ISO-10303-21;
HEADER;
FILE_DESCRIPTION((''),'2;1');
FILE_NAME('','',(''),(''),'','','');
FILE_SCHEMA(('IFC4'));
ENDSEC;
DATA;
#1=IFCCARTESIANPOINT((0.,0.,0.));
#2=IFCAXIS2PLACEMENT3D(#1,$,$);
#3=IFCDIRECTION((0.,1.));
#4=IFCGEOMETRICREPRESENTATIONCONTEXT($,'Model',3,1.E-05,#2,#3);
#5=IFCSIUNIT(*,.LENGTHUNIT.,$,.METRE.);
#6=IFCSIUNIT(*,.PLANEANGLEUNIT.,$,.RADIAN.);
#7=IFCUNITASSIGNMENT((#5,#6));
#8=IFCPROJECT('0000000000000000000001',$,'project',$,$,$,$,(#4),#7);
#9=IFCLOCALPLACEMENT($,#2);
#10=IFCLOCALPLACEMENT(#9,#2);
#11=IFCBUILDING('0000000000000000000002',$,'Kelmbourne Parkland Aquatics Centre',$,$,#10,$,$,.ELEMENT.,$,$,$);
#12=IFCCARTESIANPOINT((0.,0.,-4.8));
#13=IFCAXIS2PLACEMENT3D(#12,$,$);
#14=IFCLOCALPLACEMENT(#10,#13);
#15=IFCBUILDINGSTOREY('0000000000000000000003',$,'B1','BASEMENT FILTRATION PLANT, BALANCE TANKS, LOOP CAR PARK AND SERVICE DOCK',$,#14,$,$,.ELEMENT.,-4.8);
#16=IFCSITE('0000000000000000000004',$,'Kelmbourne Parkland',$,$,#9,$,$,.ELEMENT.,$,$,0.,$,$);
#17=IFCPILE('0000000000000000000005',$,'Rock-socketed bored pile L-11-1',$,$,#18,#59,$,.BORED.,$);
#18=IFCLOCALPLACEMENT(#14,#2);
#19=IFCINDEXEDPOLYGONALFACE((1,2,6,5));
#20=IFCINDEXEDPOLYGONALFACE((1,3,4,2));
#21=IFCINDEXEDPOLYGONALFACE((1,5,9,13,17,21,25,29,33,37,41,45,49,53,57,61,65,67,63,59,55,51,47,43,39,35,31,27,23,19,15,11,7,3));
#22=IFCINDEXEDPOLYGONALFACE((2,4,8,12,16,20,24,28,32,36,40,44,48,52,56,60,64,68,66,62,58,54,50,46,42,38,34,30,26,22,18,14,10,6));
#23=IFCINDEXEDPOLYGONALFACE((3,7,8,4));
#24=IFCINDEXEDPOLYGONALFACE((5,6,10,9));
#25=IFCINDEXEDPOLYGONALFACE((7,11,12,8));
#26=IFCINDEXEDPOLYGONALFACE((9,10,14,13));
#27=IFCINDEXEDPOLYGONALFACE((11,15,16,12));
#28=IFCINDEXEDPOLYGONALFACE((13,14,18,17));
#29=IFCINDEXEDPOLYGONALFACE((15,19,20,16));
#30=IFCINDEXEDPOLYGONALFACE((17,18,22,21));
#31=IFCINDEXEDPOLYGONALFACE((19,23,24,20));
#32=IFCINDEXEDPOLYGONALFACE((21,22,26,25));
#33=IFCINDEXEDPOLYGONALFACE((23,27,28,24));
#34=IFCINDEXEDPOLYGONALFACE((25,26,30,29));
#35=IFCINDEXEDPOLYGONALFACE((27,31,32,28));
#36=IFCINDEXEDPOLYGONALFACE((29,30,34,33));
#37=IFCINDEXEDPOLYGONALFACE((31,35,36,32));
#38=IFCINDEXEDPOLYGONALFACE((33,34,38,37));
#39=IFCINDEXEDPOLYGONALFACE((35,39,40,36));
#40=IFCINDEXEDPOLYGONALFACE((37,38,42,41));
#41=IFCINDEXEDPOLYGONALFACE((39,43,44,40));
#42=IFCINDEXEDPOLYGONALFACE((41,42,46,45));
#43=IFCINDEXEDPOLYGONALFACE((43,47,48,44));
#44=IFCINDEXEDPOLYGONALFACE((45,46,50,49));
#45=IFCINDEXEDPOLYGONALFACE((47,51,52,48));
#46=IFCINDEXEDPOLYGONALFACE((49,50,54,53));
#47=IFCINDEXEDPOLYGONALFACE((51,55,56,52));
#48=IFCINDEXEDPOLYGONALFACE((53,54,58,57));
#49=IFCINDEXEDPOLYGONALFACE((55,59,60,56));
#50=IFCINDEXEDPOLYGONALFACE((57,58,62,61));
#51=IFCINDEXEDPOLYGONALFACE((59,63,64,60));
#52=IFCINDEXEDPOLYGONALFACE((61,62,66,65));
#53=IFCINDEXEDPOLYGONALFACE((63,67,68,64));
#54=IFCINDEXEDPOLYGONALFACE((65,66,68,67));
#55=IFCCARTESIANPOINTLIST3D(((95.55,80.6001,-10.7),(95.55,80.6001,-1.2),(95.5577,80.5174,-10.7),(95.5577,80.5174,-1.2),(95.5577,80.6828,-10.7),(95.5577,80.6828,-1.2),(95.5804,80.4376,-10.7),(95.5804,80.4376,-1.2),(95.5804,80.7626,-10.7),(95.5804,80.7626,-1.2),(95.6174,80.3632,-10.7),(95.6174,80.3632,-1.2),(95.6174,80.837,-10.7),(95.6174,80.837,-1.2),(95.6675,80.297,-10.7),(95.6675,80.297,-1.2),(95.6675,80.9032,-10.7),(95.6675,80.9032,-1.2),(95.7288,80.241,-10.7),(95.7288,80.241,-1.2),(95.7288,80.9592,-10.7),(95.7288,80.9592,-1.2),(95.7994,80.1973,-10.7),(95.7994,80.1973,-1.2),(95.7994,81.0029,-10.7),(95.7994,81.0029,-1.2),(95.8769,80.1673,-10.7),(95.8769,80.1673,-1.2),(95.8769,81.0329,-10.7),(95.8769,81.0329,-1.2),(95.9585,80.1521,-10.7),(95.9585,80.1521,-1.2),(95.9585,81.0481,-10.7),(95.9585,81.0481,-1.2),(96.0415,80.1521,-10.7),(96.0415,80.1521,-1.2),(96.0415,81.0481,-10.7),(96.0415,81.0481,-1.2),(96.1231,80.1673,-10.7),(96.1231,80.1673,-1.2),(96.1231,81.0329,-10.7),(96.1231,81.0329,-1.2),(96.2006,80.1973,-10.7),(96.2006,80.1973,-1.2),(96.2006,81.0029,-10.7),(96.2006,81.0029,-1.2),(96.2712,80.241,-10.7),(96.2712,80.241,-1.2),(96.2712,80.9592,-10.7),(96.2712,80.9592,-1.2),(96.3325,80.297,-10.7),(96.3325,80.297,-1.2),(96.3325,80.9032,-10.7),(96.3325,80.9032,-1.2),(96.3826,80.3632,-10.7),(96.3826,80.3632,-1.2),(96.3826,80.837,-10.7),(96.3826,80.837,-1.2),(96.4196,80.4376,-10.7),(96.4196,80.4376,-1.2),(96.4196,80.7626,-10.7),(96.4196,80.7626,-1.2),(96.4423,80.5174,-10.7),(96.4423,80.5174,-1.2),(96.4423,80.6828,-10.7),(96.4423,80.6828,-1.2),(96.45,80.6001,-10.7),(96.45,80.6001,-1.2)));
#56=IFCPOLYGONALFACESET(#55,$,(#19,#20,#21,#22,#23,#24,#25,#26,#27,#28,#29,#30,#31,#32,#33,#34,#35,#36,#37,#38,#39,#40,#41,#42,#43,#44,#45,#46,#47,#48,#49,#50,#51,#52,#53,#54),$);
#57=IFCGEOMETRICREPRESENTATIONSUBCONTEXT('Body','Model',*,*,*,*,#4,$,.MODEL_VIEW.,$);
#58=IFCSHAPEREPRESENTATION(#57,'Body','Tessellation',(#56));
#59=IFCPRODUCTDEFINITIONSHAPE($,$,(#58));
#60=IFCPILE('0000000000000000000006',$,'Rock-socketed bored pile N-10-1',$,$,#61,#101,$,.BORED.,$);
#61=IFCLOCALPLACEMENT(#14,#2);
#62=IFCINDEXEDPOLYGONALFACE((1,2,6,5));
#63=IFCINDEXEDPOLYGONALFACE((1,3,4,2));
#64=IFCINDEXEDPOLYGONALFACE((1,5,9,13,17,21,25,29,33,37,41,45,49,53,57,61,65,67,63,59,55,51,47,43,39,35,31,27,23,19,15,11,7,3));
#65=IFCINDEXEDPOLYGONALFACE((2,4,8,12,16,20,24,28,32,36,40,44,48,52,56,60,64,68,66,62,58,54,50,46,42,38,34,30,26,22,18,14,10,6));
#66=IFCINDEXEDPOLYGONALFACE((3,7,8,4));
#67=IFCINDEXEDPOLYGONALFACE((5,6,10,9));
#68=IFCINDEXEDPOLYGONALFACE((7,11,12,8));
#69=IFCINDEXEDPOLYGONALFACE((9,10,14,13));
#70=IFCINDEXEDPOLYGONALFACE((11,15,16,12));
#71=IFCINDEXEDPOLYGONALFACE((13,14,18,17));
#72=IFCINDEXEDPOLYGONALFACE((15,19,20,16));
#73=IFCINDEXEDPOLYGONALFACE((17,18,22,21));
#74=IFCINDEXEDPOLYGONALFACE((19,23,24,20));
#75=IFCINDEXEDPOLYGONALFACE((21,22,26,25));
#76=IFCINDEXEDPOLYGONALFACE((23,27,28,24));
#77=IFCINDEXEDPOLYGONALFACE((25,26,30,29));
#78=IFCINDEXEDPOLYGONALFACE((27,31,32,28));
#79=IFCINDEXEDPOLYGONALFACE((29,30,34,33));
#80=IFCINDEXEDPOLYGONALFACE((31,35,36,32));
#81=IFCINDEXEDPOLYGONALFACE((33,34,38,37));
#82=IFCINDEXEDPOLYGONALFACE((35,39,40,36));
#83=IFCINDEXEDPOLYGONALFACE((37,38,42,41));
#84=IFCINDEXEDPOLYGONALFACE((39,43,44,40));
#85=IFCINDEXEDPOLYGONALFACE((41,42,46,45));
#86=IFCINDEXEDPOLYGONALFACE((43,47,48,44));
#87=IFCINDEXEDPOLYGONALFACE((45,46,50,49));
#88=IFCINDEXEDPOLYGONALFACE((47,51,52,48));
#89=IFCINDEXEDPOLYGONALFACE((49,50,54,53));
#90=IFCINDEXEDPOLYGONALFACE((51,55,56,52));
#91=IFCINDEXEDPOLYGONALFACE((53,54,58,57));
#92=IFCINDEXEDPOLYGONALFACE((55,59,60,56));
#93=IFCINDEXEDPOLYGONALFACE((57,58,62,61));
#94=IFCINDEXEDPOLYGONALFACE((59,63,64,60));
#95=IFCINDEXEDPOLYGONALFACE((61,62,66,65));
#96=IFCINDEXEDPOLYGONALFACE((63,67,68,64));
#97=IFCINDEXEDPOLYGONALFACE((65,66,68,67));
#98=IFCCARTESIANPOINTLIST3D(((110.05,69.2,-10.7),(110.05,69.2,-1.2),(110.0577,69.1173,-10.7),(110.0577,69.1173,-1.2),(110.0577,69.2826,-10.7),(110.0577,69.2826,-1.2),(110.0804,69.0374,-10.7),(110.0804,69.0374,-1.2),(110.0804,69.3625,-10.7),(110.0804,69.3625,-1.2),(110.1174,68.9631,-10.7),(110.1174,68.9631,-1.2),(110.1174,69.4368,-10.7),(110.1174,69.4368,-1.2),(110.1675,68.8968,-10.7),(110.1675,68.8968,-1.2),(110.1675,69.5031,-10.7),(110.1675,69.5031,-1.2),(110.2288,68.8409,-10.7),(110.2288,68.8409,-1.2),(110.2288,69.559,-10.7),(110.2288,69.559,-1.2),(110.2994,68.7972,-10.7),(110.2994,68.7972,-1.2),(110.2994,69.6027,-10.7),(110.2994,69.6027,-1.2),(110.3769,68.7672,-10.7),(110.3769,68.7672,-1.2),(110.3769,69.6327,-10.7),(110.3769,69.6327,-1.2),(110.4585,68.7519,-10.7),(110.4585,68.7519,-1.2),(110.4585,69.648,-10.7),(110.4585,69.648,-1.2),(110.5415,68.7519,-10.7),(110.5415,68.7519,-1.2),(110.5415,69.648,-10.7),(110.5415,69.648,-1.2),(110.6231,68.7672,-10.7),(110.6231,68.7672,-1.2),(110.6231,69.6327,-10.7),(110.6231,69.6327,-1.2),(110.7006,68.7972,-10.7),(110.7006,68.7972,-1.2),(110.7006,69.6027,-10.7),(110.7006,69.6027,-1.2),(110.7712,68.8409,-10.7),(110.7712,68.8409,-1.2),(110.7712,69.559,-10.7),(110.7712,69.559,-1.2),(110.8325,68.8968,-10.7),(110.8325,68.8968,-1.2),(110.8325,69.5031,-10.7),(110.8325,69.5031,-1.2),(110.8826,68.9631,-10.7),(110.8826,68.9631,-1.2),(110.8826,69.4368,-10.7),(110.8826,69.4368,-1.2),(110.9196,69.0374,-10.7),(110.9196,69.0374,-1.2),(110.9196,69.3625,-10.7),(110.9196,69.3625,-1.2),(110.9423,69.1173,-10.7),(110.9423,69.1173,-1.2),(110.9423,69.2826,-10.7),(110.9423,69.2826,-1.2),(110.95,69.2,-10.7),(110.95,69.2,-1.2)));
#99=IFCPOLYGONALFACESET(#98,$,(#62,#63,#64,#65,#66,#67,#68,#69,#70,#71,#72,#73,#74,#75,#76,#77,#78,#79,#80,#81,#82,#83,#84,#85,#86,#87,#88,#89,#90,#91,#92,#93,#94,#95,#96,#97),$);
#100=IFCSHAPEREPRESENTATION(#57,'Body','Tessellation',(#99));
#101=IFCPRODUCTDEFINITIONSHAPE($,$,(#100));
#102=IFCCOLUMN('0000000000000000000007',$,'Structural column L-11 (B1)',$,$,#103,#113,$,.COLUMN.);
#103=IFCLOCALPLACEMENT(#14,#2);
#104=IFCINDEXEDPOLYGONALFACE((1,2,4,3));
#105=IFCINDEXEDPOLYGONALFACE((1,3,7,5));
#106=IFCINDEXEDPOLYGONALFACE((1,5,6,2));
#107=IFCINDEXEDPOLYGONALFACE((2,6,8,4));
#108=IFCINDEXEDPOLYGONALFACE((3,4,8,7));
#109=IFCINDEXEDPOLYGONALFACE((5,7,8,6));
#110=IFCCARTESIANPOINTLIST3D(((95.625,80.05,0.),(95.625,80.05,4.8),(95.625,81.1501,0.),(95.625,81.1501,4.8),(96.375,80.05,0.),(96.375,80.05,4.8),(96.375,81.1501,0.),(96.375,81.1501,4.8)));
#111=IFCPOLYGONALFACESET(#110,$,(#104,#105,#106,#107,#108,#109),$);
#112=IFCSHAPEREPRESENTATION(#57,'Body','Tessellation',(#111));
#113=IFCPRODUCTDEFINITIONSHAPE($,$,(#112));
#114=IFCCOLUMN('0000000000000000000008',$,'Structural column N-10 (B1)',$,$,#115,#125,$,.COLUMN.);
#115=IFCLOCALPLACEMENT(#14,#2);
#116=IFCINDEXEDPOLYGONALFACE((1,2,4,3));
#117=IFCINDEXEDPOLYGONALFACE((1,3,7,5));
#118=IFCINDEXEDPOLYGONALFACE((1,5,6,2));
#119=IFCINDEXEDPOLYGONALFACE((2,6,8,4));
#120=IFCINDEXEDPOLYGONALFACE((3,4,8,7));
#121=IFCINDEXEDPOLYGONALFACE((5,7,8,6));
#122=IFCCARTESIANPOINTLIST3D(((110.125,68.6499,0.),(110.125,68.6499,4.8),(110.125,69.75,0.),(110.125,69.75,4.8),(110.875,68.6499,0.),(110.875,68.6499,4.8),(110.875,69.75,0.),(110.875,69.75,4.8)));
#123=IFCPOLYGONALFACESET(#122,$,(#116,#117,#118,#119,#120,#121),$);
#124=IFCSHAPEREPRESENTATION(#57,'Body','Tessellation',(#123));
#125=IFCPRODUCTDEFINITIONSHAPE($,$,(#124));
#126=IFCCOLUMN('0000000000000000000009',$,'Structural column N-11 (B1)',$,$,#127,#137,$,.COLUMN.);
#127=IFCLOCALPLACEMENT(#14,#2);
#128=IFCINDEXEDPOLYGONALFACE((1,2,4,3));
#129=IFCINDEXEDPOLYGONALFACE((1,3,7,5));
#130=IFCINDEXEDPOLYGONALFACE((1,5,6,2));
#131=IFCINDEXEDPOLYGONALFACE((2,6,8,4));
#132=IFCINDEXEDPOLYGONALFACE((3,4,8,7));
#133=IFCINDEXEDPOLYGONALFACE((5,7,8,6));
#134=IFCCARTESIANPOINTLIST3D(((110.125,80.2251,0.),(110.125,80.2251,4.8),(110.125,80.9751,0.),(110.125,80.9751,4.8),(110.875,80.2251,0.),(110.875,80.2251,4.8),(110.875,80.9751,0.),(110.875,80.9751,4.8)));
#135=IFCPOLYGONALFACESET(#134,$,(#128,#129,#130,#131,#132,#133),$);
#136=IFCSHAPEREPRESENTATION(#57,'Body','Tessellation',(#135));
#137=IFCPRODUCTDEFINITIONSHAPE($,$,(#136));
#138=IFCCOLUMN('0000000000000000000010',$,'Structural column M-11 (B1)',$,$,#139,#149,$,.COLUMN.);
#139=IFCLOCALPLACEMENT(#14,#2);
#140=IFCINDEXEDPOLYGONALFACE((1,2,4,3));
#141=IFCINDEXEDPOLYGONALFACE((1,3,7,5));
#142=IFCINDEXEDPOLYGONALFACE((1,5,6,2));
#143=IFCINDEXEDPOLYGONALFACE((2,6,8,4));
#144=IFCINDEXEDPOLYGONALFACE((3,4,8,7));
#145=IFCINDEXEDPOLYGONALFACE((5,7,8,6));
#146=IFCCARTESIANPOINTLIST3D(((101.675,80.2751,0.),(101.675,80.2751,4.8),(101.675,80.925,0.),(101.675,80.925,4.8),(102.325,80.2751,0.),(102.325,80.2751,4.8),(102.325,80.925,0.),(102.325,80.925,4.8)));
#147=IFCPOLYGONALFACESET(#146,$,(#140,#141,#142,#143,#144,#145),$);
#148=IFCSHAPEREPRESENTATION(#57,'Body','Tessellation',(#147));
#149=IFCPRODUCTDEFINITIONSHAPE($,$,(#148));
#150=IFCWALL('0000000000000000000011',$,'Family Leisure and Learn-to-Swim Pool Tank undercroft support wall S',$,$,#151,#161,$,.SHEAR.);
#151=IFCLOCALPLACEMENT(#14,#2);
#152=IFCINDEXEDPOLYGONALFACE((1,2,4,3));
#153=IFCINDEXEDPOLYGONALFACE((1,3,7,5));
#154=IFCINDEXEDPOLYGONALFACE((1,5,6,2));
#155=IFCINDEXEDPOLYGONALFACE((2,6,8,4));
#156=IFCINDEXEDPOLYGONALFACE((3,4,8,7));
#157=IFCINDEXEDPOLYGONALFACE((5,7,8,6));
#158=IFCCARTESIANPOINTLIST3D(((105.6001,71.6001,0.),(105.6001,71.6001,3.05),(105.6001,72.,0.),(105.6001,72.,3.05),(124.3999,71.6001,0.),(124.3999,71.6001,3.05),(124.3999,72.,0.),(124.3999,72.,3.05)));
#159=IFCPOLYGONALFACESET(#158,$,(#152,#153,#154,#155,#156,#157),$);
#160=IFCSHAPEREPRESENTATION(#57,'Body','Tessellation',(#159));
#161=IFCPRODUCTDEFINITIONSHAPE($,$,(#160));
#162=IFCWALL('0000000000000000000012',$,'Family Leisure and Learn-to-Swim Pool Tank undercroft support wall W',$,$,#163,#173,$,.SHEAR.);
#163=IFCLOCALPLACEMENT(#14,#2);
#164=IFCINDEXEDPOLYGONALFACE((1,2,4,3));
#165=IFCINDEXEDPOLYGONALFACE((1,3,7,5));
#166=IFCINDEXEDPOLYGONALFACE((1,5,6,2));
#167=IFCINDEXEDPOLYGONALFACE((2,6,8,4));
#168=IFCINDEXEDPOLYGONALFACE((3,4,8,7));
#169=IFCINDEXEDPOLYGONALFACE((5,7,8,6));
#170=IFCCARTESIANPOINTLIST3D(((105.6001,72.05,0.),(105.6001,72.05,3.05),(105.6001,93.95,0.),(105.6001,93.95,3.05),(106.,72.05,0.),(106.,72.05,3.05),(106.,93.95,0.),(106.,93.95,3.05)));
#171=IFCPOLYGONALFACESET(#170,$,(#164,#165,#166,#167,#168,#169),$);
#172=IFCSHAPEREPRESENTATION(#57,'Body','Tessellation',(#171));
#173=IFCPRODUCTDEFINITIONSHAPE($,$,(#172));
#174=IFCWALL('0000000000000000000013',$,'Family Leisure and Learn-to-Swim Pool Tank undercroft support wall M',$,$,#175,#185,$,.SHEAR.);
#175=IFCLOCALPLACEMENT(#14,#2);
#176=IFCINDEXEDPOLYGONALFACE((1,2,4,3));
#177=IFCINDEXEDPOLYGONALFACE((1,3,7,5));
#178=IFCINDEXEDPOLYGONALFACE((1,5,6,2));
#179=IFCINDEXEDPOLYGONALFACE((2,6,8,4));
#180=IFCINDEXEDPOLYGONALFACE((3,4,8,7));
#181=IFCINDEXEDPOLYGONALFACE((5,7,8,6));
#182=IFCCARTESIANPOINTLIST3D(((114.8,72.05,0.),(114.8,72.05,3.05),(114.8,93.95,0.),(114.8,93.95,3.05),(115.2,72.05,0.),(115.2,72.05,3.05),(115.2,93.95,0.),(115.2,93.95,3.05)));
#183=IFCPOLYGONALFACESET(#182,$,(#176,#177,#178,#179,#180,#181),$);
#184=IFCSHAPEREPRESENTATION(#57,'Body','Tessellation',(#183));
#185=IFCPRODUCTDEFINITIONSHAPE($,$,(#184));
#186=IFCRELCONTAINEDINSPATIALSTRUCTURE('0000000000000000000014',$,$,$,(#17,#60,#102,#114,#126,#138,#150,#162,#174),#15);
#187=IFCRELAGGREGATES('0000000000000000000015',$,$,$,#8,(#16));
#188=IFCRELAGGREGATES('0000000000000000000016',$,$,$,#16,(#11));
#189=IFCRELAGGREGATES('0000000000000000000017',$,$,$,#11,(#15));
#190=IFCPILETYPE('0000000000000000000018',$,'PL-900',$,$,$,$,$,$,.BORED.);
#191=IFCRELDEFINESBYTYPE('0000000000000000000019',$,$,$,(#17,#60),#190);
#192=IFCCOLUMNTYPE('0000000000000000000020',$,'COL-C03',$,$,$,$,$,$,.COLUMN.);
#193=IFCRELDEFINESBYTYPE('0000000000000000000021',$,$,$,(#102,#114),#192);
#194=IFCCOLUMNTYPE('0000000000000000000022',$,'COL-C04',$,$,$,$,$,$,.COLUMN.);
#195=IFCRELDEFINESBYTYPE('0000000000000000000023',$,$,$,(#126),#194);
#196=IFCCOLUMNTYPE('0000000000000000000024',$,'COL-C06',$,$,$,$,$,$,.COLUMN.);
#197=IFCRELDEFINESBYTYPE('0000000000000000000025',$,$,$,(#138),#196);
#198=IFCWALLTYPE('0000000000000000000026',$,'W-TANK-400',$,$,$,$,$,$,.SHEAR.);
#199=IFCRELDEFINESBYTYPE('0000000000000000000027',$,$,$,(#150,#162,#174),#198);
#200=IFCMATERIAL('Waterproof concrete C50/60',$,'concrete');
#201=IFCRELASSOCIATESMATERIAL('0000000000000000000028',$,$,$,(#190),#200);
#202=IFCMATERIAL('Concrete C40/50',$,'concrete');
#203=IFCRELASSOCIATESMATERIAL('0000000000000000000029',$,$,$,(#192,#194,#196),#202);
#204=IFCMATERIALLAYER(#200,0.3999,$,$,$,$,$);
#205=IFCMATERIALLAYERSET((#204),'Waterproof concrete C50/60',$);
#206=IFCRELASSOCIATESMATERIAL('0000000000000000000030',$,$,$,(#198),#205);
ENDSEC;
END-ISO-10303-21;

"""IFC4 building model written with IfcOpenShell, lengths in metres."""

from ifc_helpers import new_model, si_unit, direction, frame, frame_2d, origin, origin_2d, place, context, subcontext, project, spatial, rectangle, circle, extrude, material, layer, layer_set, material_profile, profile_set, type_object, element, save


model = new_model("IFC4")

# Units and contexts
model_context = context("Model", 3, precision=1e-05, world=origin(), true_north=direction((0.0, 1.0)))
body_context = subcontext(model_context, "Body", "Model", "MODEL_VIEW")
ifc_project = project(units=[si_unit("LENGTHUNIT", "METRE"), si_unit("PLANEANGLEUNIT", "RADIAN")], contexts=[model_context])

# Site, building, storey
site_placement = place(None, origin())
site = spatial("IfcSite", under=ifc_project, at=site_placement, Name="Kelmbourne Parkland", CompositionType="ELEMENT", RefElevation=0.0)
building_placement = place(site_placement, origin())
building = spatial("IfcBuilding", under=site, at=building_placement, Name="Kelmbourne Parkland Aquatics Centre", CompositionType="ELEMENT")
storey_placement = place(building_placement, frame((0.0, 0.0, -4.8)))
storey = spatial("IfcBuildingStorey", under=building, at=storey_placement, Name="B1", Description="BASEMENT FILTRATION PLANT, BALANCE TANKS, LOOP CAR PARK AND SERVICE DOCK", CompositionType="ELEMENT", Elevation=-4.8)

# Shared definitions
ifc_material_1 = material(Name="Waterproof concrete C50/60", Category="concrete")

# Piles
ifc_material_profile_1 = material_profile(ifc_material_1, circle(Radius=0.45, at=origin_2d()), Name="PILE D900")
ifc_profile_set_1 = profile_set([ifc_material_profile_1], Name="Waterproof concrete C50/60")
pile_type_1 = type_object("IfcPileType", Name="PL-900", PredefinedType="BORED", material=ifc_profile_set_1)
for number, where, z_axis, x_axis, name in (
    (1, (96.0, 80.6001, -1.2), (0.0, 0.0, -1.0), (1.0, 0.0, 0.0), "Rock-socketed bored pile L-11-1"),
    (2, (110.5, 69.2, -1.2), (0.0, 0.0, -1.0), (1.0, 0.0, 0.0), "Rock-socketed bored pile N-10-1"),
):
    element("IfcPile", number, at=place(storey_placement, frame(where, z_axis=z_axis, x_axis=x_axis)), inside=storey, type_object=pile_type_1, Name=name, PredefinedType="BORED", context=body_context, shape_type="SweptSolid", body=[
        extrude(circle(Radius=0.45, at=origin_2d()), origin(), (0.0, 0.0, 1.0), 9.5),
    ])

# Columns
ifc_material_2 = material(Name="Concrete C40/50", Category="concrete")
ifc_material_profile_2 = material_profile(ifc_material_2, rectangle(XDim=0.75, YDim=1.1001, at=origin_2d()), Name="RC 750x1100")
ifc_profile_set_2 = profile_set([ifc_material_profile_2], Name="Concrete C40/50")
column_type_1 = type_object("IfcColumnType", Name="COL-C03", PredefinedType="COLUMN", material=ifc_profile_set_2)
for number, where, z_axis, x_axis, name in (
    (3, (96.0, 80.6001, 0.0), (0.0, 0.0, 1.0), (1.0, 0.0, 0.0), "Structural column L-11 (B1)"),
    (4, (110.5, 69.2, 0.0), (0.0, 0.0, 1.0), (1.0, 0.0, 0.0), "Structural column N-10 (B1)"),
):
    element("IfcColumn", number, at=place(storey_placement, frame(where, z_axis=z_axis, x_axis=x_axis)), inside=storey, type_object=column_type_1, Name=name, PredefinedType="COLUMN", context=body_context, shape_type="SweptSolid", body=[
        extrude(rectangle(XDim=0.75, YDim=1.1001, at=origin_2d()), origin(), (0.0, 0.0, 1.0), 4.8),
    ])
ifc_material_profile_3 = material_profile(ifc_material_2, rectangle(XDim=0.75, YDim=0.75, at=origin_2d()), Name="RC 750x750")
ifc_profile_set_3 = profile_set([ifc_material_profile_3], Name="Concrete C40/50")
column_type_2 = type_object("IfcColumnType", Name="COL-C04", PredefinedType="COLUMN", material=ifc_profile_set_3)
column_1_placement = place(storey_placement, frame((110.5, 80.6001, 0.0), z_axis=(0.0, 0.0, 1.0), x_axis=(1.0, 0.0, 0.0)))
element("IfcColumn", 5, at=column_1_placement, inside=storey, type_object=column_type_2, Name="Structural column N-11 (B1)", PredefinedType="COLUMN", context=body_context, shape_type="SweptSolid", body=[
    extrude(rectangle(XDim=0.75, YDim=0.75, at=origin_2d()), origin(), (0.0, 0.0, 1.0), 4.8),
])
ifc_material_profile_4 = material_profile(ifc_material_2, rectangle(XDim=0.6499, YDim=0.6499, at=origin_2d()), Name="RC 650x650")
ifc_profile_set_4 = profile_set([ifc_material_profile_4], Name="Concrete C40/50")
column_type_3 = type_object("IfcColumnType", Name="COL-C06", PredefinedType="COLUMN", material=ifc_profile_set_4)
column_2_placement = place(storey_placement, frame((102.0, 80.6001, 0.0), z_axis=(0.0, 0.0, 1.0), x_axis=(1.0, 0.0, 0.0)))
element("IfcColumn", 6, at=column_2_placement, inside=storey, type_object=column_type_3, Name="Structural column M-11 (B1)", PredefinedType="COLUMN", context=body_context, shape_type="SweptSolid", body=[
    extrude(rectangle(XDim=0.6499, YDim=0.6499, at=origin_2d()), origin(), (0.0, 0.0, 1.0), 4.8),
])

# Walls
ifc_layer = layer(ifc_material_1, 0.3999)
ifc_layer_set = layer_set([ifc_layer], Name="Waterproof concrete C50/60")
wall_type = type_object("IfcWallType", Name="W-TANK-400", PredefinedType="SHEAR", material=ifc_layer_set)
wall_placement = place(storey_placement, frame((105.6001, 71.8, 0.0), z_axis=(0.0, 0.0, 1.0), x_axis=(1.0, 0.0, 0.0)))
element("IfcWall", 7, at=wall_placement, inside=storey, type_object=wall_type, Name="Family Leisure and Learn-to-Swim Pool Tank undercroft support wall S", PredefinedType="SHEAR", context=body_context, shape_type="SweptSolid", body=[
    extrude(rectangle(XDim=18.7998, YDim=0.3999, at=frame_2d((9.3999, 0.0))), origin(), (0.0, 0.0, 1.0), 3.05),
])
for number, where, z_axis, x_axis, name in (
    (8, (105.8, 72.05, 0.0), (0.0, 0.0, 1.0), (0.0, 1.0, 0.0), "Family Leisure and Learn-to-Swim Pool Tank undercroft support wall W"),
    (9, (115.0, 72.05, 0.0), (0.0, 0.0, 1.0), (0.0, 1.0, 0.0), "Family Leisure and Learn-to-Swim Pool Tank undercroft support wall M"),
):
    element("IfcWall", number, at=place(storey_placement, frame(where, z_axis=z_axis, x_axis=x_axis)), inside=storey, type_object=wall_type, Name=name, PredefinedType="SHEAR", context=body_context, shape_type="SweptSolid", body=[
        extrude(rectangle(XDim=21.8999, YDim=0.3999, at=frame_2d((10.95, 0.0))), origin(), (0.0, 0.0, 1.0), 3.05),
    ])

save(model, "model.ifc")
